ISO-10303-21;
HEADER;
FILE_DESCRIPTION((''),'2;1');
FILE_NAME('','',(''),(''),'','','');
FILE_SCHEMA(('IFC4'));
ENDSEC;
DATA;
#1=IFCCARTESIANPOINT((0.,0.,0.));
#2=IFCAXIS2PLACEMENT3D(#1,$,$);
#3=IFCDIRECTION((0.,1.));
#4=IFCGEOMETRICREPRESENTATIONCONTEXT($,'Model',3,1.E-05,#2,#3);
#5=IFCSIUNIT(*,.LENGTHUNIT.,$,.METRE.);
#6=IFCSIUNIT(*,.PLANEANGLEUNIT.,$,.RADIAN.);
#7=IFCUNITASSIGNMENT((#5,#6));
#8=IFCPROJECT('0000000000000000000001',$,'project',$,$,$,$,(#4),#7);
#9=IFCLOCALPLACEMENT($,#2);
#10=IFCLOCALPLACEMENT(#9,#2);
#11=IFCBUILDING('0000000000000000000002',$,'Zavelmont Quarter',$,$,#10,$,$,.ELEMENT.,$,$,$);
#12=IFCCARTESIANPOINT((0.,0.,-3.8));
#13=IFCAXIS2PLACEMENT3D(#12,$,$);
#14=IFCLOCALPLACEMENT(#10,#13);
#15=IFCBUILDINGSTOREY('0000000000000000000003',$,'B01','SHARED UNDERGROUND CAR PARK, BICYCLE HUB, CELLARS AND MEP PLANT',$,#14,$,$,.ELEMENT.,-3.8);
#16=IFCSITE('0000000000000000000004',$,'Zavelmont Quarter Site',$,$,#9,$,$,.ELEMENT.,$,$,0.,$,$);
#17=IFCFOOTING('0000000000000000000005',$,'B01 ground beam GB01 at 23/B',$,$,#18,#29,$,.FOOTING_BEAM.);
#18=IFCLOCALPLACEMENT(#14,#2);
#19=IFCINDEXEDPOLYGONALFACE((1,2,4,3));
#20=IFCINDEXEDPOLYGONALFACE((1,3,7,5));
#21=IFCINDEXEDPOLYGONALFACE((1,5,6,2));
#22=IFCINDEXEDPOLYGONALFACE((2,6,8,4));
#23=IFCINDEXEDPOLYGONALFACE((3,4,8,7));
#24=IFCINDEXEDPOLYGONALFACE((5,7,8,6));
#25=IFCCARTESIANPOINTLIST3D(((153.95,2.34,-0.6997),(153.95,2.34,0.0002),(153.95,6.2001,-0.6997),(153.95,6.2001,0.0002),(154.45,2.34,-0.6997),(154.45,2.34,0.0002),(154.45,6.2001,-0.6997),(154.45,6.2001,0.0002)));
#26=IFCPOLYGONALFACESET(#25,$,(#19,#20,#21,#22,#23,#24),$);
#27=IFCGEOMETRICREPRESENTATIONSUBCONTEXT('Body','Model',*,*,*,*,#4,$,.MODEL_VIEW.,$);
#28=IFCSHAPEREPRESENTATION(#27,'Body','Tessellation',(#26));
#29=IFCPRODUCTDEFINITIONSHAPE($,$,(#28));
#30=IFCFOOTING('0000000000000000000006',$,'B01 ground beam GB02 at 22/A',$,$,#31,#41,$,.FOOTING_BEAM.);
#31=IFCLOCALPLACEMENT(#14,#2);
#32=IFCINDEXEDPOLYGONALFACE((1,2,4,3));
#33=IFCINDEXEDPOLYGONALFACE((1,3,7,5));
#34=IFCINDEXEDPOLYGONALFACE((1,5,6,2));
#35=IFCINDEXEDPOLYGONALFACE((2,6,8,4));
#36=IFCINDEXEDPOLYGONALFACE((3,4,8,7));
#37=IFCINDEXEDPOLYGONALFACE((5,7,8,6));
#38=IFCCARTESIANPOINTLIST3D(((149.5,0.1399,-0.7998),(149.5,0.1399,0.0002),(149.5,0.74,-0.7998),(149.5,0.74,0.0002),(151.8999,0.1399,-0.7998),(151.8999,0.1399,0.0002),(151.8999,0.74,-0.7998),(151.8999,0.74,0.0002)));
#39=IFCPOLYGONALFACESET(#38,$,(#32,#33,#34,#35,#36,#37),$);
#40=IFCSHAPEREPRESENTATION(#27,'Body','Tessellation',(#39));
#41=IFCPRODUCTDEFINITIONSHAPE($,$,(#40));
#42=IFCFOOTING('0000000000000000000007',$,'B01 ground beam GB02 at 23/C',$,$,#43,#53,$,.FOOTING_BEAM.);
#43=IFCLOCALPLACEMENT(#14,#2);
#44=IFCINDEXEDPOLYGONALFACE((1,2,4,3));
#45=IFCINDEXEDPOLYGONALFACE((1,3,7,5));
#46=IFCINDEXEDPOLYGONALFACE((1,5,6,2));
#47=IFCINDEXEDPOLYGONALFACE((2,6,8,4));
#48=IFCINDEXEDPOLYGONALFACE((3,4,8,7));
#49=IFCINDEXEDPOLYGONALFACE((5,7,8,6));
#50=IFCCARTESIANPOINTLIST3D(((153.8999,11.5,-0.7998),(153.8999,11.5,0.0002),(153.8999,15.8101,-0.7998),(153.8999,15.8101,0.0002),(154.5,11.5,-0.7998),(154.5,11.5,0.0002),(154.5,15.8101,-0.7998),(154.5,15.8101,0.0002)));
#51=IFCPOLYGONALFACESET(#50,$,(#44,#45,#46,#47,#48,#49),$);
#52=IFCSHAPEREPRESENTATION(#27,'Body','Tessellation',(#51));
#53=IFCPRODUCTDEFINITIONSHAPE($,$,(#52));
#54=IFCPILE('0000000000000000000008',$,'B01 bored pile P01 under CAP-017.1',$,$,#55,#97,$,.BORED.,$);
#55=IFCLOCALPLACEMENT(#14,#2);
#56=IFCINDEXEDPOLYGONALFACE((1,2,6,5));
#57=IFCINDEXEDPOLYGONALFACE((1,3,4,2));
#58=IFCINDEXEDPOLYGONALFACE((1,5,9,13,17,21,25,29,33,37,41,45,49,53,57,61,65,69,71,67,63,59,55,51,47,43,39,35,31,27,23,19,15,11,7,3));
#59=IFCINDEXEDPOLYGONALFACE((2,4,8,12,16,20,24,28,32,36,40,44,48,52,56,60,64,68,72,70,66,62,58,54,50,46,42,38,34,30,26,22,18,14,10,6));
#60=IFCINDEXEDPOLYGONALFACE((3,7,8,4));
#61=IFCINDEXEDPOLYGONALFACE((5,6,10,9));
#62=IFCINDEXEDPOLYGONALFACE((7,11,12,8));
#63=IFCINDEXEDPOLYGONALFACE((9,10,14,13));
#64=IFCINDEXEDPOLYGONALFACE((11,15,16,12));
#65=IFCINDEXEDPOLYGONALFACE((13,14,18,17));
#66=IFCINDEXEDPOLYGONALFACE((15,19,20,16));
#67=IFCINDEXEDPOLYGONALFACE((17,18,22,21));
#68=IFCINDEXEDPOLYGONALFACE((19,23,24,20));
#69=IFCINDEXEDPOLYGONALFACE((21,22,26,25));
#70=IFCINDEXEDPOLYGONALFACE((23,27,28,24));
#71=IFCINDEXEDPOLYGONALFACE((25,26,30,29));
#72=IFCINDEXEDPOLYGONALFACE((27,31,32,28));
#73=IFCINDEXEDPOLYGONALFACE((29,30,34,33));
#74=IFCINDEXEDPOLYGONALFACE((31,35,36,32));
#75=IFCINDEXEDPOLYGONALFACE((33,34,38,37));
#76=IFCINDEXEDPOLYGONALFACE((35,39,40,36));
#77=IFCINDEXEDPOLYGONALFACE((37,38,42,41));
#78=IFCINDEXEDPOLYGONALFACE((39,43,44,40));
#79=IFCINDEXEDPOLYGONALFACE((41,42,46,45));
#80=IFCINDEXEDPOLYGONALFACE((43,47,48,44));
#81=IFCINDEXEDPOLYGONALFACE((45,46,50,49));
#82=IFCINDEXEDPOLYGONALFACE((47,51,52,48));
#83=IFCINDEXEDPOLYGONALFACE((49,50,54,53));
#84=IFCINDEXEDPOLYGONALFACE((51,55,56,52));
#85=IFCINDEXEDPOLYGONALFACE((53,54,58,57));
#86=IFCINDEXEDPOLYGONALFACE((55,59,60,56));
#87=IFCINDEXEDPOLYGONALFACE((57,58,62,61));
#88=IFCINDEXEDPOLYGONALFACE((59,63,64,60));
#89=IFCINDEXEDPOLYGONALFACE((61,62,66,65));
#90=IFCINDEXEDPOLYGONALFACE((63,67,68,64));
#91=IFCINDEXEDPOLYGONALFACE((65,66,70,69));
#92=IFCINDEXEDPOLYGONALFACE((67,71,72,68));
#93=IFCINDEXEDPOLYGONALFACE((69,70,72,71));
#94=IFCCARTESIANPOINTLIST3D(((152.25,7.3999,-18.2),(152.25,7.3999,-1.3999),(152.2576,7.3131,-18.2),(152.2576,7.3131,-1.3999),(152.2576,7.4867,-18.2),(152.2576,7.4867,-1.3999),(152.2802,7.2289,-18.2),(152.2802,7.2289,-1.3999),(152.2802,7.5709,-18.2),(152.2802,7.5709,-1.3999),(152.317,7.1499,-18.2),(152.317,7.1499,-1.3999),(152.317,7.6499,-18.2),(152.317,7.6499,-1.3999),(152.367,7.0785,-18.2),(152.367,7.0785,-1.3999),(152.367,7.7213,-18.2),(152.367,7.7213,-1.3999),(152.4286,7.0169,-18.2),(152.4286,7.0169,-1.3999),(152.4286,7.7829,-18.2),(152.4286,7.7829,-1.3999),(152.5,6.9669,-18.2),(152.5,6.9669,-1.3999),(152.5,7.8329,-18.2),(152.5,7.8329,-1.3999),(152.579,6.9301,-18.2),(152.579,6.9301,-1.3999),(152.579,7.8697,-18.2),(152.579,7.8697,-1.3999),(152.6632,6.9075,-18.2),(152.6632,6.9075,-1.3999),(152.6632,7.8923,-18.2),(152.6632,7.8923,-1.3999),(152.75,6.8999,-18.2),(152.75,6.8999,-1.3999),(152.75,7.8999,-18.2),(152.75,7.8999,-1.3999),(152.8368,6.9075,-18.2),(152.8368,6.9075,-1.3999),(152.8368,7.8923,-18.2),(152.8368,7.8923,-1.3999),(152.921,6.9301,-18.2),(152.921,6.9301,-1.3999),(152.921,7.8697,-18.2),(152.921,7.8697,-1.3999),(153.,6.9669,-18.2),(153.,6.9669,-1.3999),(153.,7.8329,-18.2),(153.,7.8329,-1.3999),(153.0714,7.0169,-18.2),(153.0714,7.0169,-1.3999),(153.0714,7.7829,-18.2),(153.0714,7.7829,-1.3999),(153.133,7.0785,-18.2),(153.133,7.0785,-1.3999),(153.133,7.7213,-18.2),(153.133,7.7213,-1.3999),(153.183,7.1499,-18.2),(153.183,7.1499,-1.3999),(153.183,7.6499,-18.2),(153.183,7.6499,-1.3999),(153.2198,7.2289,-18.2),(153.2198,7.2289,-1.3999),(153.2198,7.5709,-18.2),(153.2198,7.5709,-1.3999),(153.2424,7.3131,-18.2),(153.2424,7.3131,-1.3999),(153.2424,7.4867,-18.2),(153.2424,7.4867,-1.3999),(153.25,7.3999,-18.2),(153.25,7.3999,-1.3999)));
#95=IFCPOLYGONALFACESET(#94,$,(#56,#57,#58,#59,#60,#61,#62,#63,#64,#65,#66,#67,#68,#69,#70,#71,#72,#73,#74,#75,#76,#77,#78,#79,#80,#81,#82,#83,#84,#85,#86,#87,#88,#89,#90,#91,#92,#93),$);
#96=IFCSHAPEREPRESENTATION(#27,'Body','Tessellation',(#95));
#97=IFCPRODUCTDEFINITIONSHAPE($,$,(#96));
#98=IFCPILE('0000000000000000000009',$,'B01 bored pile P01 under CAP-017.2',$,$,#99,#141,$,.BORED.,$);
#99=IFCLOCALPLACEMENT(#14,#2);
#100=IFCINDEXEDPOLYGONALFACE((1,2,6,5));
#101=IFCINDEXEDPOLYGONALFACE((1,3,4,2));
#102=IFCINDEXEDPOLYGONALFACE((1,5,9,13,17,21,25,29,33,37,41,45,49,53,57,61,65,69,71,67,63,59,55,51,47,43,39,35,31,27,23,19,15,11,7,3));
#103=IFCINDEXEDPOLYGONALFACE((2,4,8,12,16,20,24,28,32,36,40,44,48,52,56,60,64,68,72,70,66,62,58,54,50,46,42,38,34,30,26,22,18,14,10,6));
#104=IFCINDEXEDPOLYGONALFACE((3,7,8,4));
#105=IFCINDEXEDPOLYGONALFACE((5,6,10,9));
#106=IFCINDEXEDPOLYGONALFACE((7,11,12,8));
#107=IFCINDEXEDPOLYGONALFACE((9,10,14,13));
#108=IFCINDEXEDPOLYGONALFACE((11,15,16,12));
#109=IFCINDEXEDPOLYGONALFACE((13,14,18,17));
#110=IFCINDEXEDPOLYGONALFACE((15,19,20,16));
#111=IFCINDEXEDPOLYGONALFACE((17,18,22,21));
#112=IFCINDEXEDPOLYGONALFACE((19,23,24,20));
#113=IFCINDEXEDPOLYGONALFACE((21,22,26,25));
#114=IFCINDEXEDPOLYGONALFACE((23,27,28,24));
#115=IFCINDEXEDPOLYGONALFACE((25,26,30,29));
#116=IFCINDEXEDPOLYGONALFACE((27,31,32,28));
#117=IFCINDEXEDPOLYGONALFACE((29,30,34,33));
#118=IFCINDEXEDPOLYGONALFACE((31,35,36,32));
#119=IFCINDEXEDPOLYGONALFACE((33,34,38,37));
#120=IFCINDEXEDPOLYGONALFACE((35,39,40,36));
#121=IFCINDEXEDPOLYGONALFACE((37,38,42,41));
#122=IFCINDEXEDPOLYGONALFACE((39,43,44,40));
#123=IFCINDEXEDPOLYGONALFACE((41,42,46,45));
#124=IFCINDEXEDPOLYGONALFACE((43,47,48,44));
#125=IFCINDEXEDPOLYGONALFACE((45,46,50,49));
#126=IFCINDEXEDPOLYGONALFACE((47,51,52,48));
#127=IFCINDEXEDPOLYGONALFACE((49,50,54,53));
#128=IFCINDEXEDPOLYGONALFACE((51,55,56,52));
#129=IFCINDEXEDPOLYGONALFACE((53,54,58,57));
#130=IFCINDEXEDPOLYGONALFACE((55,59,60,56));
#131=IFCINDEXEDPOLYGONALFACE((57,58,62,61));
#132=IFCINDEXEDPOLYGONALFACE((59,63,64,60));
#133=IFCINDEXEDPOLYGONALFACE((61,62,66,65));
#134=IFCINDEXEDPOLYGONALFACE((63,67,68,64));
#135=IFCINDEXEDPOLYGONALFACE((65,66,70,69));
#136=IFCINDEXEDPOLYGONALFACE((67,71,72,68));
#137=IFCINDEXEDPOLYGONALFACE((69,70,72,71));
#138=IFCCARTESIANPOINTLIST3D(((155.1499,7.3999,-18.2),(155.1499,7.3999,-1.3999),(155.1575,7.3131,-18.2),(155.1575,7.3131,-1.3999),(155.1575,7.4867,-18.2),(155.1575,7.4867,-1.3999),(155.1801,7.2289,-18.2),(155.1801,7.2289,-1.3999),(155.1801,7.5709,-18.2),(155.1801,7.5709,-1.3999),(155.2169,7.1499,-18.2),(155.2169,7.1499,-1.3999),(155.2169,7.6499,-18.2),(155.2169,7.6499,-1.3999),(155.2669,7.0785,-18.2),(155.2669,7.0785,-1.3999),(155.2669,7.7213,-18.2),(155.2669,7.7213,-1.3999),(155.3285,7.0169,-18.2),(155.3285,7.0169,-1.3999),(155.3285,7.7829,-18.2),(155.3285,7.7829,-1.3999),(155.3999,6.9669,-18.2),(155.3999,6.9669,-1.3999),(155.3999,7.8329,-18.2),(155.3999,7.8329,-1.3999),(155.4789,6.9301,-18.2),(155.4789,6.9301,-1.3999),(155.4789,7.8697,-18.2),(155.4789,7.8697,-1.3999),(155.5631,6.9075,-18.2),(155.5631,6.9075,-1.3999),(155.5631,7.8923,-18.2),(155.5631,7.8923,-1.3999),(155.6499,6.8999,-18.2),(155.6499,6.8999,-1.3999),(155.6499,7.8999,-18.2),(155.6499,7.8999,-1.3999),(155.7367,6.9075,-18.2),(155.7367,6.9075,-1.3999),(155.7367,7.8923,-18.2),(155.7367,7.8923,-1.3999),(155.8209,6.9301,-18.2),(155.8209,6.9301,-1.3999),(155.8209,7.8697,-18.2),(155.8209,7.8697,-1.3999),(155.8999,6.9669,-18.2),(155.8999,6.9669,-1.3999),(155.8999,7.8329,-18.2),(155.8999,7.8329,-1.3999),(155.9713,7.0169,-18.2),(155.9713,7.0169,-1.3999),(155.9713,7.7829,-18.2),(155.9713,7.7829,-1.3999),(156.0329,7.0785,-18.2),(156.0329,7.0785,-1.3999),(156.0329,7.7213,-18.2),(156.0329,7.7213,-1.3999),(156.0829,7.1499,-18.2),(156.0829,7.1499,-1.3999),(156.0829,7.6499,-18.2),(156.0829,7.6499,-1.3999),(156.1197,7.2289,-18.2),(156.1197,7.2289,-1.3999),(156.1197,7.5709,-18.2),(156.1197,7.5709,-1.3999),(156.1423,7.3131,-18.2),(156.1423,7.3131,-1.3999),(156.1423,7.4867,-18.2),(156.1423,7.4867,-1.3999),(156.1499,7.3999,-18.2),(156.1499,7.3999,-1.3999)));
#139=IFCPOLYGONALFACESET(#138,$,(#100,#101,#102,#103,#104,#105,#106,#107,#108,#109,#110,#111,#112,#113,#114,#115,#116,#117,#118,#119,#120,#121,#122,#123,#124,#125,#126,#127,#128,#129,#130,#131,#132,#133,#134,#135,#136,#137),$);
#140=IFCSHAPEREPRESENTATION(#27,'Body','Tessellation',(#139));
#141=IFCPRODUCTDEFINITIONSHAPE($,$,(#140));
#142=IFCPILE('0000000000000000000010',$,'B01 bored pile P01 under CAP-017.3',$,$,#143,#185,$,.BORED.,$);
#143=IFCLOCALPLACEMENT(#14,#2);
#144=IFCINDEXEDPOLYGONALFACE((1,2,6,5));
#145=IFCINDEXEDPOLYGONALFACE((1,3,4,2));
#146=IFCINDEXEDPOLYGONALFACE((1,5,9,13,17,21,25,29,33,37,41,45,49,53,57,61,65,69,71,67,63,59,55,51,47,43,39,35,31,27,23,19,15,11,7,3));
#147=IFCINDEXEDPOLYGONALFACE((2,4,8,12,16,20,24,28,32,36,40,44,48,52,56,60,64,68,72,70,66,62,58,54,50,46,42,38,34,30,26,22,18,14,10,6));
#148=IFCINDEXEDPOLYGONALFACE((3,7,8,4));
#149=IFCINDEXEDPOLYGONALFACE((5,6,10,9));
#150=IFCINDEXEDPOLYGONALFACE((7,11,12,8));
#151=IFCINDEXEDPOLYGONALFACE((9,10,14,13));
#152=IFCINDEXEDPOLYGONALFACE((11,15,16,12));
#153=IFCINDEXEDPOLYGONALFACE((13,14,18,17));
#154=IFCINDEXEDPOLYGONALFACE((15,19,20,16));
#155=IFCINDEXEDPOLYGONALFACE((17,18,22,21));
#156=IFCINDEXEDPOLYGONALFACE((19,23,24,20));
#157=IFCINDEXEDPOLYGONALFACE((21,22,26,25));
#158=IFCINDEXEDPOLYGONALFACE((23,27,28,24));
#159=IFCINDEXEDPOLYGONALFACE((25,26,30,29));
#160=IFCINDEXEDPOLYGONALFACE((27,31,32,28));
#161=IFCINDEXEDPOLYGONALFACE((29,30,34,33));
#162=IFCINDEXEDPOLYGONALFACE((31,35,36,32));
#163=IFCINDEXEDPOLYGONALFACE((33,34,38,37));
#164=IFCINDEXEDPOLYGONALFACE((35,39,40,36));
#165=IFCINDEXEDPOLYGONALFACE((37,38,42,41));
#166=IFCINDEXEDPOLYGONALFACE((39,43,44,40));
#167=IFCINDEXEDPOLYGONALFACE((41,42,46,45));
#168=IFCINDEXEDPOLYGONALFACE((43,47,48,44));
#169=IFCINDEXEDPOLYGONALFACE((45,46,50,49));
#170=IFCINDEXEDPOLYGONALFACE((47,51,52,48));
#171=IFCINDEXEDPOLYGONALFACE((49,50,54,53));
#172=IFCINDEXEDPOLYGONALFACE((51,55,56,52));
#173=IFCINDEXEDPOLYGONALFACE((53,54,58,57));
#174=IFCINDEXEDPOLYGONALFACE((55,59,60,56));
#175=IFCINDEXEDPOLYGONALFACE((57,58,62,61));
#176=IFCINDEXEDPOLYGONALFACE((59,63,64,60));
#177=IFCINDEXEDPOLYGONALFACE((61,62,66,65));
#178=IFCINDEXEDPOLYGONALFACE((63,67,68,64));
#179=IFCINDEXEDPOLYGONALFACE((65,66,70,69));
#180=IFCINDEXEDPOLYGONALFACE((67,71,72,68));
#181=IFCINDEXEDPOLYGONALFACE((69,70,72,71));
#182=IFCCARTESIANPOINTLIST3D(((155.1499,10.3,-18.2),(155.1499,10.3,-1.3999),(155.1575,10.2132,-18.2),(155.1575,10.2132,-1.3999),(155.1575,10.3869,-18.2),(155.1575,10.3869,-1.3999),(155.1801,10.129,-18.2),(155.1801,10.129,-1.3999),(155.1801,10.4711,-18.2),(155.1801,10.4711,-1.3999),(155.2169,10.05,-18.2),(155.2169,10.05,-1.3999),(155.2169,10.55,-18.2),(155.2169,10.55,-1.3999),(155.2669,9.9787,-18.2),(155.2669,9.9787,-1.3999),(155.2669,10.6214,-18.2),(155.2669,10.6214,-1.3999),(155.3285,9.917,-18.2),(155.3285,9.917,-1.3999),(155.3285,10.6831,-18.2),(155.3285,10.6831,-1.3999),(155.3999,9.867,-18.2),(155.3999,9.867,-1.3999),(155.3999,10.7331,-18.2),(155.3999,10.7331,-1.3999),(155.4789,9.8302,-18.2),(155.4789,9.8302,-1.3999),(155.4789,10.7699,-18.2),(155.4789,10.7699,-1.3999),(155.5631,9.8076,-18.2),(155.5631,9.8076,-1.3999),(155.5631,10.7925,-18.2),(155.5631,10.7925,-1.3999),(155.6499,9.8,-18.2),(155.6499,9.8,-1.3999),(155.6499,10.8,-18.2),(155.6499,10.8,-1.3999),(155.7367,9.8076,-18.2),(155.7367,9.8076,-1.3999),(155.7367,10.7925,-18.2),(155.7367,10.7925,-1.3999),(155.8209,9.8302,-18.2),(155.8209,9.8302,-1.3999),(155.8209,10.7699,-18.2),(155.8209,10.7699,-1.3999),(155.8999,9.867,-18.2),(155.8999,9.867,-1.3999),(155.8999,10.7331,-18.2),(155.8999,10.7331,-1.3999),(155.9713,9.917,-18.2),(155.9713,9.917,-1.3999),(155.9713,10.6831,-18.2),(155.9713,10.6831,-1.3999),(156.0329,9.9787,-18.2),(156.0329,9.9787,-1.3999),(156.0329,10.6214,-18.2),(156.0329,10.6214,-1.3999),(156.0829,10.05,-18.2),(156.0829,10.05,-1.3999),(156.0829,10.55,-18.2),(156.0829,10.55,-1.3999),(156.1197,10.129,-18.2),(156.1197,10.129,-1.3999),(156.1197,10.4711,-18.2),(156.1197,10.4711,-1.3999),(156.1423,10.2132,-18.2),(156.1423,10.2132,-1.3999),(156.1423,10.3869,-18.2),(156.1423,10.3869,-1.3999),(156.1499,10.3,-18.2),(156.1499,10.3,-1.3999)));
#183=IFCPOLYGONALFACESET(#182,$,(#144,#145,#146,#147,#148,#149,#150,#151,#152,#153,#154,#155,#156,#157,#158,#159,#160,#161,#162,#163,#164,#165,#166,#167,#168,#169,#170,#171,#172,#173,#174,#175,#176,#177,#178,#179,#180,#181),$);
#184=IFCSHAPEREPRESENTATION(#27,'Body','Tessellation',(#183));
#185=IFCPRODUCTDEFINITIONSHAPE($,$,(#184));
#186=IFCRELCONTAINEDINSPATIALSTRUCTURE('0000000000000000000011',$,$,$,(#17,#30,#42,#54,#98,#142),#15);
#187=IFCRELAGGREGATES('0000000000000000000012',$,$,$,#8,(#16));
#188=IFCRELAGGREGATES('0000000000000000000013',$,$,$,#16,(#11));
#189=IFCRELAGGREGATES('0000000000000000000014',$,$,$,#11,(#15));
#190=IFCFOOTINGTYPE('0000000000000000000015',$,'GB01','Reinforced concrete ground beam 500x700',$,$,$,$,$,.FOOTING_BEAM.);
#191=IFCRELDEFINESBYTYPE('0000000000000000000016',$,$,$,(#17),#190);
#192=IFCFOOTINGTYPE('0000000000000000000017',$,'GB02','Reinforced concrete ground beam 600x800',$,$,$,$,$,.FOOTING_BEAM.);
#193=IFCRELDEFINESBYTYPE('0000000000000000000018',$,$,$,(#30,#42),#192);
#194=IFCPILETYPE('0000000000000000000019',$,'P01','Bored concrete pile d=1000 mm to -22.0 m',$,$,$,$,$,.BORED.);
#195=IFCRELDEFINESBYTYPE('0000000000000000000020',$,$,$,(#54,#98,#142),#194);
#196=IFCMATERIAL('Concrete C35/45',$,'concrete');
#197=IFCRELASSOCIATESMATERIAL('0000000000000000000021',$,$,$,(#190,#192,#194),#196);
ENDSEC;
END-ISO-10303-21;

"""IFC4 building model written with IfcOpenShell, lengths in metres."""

from ifc_helpers import new_model, si_unit, direction, frame, origin, origin_2d, place, context, subcontext, project, spatial, rectangle, circle, extrude, material, material_profile, profile_set, type_object, element, save


model = new_model("IFC4")

# Units and contexts
model_context = context("Model", 3, precision=1e-05, world=origin(), true_north=direction((0.0, 1.0)))
body_context = subcontext(model_context, "Body", "Model", "MODEL_VIEW")
ifc_project = project(units=[si_unit("LENGTHUNIT", "METRE"), si_unit("PLANEANGLEUNIT", "RADIAN")], contexts=[model_context])

# Site, building, storey
site_placement = place(None, origin())
site = spatial("IfcSite", under=ifc_project, at=site_placement, Name="Zavelmont Quarter Site", CompositionType="ELEMENT", RefElevation=0.0)
building_placement = place(site_placement, origin())
building = spatial("IfcBuilding", under=site, at=building_placement, Name="Zavelmont Quarter", CompositionType="ELEMENT")
storey_placement = place(building_placement, frame((0.0, 0.0, -3.8)))
storey = spatial("IfcBuildingStorey", under=building, at=storey_placement, Name="B01", Description="SHARED UNDERGROUND CAR PARK, BICYCLE HUB, CELLARS AND MEP PLANT", CompositionType="ELEMENT", Elevation=-3.8)

# Footings
ifc_material_1 = material(Name="Concrete C35/45", Category="concrete")
footing_type_1 = type_object("IfcFootingType", Name="GB01", Description="Reinforced concrete ground beam 500x700", PredefinedType="FOOTING_BEAM", material=ifc_material_1)
footing_1_placement = place(storey_placement, frame((154.2, 4.27, -0.6997), z_axis=(0.0, 0.0, 1.0), x_axis=(0.0, 1.0, 0.0)))
element("IfcFooting", 1, at=footing_1_placement, inside=storey, type_object=footing_type_1, Name="B01 ground beam GB01 at 23/B", PredefinedType="FOOTING_BEAM", context=body_context, shape_type="SweptSolid", body=[
    extrude(rectangle(XDim=3.8601, YDim=0.5, at=origin_2d()), origin(), (0.0, 0.0, 1.0), 0.7),
])
footing_type_2 = type_object("IfcFootingType", Name="GB02", Description="Reinforced concrete ground beam 600x800", PredefinedType="FOOTING_BEAM", material=ifc_material_1)
footing_2_placement = place(storey_placement, frame((150.7, 0.4399, -0.7998), z_axis=(0.0, 0.0, 1.0), x_axis=(1.0, 0.0, 0.0)))
element("IfcFooting", 2, at=footing_2_placement, inside=storey, type_object=footing_type_2, Name="B01 ground beam GB02 at 22/A", PredefinedType="FOOTING_BEAM", context=body_context, shape_type="SweptSolid", body=[
    extrude(rectangle(XDim=2.3999, YDim=0.6001, at=origin_2d()), origin(), (0.0, 0.0, 1.0), 0.8),
])
footing_3_placement = place(storey_placement, frame((154.2, 13.655, -0.7998), z_axis=(0.0, 0.0, 1.0), x_axis=(0.0, 1.0, 0.0)))
element("IfcFooting", 3, at=footing_3_placement, inside=storey, type_object=footing_type_2, Name="B01 ground beam GB02 at 23/C", PredefinedType="FOOTING_BEAM", context=body_context, shape_type="SweptSolid", body=[
    extrude(rectangle(XDim=4.3101, YDim=0.6001, at=origin_2d()), origin(), (0.0, 0.0, 1.0), 0.8),
])

# Piles
ifc_material_profile_1 = material_profile(ifc_material_1, circle(Radius=0.5, at=origin_2d()), Name="BP1000")
ifc_profile_set_1 = profile_set([ifc_material_profile_1], Name="Concrete C35/45")
pile_type_1 = type_object("IfcPileType", Name="P01", Description="Bored concrete pile d=1000 mm to -22.0 m", PredefinedType="BORED", material=ifc_profile_set_1)
for number, where, z_axis, x_axis, name in (
    (4, (152.75, 7.3999, -1.3999), (0.0, 0.0, -1.0), (1.0, 0.0, 0.0), "B01 bored pile P01 under CAP-017.1"),
    (5, (155.6499, 7.3999, -1.3999), (0.0, 0.0, -1.0), (1.0, 0.0, 0.0), "B01 bored pile P01 under CAP-017.2"),
    (6, (155.6499, 10.3, -1.3999), (0.0, 0.0, -1.0), (1.0, 0.0, 0.0), "B01 bored pile P01 under CAP-017.3"),
):
    element("IfcPile", number, at=place(storey_placement, frame(where, z_axis=z_axis, x_axis=x_axis)), inside=storey, type_object=pile_type_1, Name=name, PredefinedType="BORED", context=body_context, shape_type="SweptSolid", body=[
        extrude(circle(Radius=0.5, at=origin_2d()), origin(), (0.0, 0.0, 1.0), 16.8),
    ])

save(model, "model.ifc")
